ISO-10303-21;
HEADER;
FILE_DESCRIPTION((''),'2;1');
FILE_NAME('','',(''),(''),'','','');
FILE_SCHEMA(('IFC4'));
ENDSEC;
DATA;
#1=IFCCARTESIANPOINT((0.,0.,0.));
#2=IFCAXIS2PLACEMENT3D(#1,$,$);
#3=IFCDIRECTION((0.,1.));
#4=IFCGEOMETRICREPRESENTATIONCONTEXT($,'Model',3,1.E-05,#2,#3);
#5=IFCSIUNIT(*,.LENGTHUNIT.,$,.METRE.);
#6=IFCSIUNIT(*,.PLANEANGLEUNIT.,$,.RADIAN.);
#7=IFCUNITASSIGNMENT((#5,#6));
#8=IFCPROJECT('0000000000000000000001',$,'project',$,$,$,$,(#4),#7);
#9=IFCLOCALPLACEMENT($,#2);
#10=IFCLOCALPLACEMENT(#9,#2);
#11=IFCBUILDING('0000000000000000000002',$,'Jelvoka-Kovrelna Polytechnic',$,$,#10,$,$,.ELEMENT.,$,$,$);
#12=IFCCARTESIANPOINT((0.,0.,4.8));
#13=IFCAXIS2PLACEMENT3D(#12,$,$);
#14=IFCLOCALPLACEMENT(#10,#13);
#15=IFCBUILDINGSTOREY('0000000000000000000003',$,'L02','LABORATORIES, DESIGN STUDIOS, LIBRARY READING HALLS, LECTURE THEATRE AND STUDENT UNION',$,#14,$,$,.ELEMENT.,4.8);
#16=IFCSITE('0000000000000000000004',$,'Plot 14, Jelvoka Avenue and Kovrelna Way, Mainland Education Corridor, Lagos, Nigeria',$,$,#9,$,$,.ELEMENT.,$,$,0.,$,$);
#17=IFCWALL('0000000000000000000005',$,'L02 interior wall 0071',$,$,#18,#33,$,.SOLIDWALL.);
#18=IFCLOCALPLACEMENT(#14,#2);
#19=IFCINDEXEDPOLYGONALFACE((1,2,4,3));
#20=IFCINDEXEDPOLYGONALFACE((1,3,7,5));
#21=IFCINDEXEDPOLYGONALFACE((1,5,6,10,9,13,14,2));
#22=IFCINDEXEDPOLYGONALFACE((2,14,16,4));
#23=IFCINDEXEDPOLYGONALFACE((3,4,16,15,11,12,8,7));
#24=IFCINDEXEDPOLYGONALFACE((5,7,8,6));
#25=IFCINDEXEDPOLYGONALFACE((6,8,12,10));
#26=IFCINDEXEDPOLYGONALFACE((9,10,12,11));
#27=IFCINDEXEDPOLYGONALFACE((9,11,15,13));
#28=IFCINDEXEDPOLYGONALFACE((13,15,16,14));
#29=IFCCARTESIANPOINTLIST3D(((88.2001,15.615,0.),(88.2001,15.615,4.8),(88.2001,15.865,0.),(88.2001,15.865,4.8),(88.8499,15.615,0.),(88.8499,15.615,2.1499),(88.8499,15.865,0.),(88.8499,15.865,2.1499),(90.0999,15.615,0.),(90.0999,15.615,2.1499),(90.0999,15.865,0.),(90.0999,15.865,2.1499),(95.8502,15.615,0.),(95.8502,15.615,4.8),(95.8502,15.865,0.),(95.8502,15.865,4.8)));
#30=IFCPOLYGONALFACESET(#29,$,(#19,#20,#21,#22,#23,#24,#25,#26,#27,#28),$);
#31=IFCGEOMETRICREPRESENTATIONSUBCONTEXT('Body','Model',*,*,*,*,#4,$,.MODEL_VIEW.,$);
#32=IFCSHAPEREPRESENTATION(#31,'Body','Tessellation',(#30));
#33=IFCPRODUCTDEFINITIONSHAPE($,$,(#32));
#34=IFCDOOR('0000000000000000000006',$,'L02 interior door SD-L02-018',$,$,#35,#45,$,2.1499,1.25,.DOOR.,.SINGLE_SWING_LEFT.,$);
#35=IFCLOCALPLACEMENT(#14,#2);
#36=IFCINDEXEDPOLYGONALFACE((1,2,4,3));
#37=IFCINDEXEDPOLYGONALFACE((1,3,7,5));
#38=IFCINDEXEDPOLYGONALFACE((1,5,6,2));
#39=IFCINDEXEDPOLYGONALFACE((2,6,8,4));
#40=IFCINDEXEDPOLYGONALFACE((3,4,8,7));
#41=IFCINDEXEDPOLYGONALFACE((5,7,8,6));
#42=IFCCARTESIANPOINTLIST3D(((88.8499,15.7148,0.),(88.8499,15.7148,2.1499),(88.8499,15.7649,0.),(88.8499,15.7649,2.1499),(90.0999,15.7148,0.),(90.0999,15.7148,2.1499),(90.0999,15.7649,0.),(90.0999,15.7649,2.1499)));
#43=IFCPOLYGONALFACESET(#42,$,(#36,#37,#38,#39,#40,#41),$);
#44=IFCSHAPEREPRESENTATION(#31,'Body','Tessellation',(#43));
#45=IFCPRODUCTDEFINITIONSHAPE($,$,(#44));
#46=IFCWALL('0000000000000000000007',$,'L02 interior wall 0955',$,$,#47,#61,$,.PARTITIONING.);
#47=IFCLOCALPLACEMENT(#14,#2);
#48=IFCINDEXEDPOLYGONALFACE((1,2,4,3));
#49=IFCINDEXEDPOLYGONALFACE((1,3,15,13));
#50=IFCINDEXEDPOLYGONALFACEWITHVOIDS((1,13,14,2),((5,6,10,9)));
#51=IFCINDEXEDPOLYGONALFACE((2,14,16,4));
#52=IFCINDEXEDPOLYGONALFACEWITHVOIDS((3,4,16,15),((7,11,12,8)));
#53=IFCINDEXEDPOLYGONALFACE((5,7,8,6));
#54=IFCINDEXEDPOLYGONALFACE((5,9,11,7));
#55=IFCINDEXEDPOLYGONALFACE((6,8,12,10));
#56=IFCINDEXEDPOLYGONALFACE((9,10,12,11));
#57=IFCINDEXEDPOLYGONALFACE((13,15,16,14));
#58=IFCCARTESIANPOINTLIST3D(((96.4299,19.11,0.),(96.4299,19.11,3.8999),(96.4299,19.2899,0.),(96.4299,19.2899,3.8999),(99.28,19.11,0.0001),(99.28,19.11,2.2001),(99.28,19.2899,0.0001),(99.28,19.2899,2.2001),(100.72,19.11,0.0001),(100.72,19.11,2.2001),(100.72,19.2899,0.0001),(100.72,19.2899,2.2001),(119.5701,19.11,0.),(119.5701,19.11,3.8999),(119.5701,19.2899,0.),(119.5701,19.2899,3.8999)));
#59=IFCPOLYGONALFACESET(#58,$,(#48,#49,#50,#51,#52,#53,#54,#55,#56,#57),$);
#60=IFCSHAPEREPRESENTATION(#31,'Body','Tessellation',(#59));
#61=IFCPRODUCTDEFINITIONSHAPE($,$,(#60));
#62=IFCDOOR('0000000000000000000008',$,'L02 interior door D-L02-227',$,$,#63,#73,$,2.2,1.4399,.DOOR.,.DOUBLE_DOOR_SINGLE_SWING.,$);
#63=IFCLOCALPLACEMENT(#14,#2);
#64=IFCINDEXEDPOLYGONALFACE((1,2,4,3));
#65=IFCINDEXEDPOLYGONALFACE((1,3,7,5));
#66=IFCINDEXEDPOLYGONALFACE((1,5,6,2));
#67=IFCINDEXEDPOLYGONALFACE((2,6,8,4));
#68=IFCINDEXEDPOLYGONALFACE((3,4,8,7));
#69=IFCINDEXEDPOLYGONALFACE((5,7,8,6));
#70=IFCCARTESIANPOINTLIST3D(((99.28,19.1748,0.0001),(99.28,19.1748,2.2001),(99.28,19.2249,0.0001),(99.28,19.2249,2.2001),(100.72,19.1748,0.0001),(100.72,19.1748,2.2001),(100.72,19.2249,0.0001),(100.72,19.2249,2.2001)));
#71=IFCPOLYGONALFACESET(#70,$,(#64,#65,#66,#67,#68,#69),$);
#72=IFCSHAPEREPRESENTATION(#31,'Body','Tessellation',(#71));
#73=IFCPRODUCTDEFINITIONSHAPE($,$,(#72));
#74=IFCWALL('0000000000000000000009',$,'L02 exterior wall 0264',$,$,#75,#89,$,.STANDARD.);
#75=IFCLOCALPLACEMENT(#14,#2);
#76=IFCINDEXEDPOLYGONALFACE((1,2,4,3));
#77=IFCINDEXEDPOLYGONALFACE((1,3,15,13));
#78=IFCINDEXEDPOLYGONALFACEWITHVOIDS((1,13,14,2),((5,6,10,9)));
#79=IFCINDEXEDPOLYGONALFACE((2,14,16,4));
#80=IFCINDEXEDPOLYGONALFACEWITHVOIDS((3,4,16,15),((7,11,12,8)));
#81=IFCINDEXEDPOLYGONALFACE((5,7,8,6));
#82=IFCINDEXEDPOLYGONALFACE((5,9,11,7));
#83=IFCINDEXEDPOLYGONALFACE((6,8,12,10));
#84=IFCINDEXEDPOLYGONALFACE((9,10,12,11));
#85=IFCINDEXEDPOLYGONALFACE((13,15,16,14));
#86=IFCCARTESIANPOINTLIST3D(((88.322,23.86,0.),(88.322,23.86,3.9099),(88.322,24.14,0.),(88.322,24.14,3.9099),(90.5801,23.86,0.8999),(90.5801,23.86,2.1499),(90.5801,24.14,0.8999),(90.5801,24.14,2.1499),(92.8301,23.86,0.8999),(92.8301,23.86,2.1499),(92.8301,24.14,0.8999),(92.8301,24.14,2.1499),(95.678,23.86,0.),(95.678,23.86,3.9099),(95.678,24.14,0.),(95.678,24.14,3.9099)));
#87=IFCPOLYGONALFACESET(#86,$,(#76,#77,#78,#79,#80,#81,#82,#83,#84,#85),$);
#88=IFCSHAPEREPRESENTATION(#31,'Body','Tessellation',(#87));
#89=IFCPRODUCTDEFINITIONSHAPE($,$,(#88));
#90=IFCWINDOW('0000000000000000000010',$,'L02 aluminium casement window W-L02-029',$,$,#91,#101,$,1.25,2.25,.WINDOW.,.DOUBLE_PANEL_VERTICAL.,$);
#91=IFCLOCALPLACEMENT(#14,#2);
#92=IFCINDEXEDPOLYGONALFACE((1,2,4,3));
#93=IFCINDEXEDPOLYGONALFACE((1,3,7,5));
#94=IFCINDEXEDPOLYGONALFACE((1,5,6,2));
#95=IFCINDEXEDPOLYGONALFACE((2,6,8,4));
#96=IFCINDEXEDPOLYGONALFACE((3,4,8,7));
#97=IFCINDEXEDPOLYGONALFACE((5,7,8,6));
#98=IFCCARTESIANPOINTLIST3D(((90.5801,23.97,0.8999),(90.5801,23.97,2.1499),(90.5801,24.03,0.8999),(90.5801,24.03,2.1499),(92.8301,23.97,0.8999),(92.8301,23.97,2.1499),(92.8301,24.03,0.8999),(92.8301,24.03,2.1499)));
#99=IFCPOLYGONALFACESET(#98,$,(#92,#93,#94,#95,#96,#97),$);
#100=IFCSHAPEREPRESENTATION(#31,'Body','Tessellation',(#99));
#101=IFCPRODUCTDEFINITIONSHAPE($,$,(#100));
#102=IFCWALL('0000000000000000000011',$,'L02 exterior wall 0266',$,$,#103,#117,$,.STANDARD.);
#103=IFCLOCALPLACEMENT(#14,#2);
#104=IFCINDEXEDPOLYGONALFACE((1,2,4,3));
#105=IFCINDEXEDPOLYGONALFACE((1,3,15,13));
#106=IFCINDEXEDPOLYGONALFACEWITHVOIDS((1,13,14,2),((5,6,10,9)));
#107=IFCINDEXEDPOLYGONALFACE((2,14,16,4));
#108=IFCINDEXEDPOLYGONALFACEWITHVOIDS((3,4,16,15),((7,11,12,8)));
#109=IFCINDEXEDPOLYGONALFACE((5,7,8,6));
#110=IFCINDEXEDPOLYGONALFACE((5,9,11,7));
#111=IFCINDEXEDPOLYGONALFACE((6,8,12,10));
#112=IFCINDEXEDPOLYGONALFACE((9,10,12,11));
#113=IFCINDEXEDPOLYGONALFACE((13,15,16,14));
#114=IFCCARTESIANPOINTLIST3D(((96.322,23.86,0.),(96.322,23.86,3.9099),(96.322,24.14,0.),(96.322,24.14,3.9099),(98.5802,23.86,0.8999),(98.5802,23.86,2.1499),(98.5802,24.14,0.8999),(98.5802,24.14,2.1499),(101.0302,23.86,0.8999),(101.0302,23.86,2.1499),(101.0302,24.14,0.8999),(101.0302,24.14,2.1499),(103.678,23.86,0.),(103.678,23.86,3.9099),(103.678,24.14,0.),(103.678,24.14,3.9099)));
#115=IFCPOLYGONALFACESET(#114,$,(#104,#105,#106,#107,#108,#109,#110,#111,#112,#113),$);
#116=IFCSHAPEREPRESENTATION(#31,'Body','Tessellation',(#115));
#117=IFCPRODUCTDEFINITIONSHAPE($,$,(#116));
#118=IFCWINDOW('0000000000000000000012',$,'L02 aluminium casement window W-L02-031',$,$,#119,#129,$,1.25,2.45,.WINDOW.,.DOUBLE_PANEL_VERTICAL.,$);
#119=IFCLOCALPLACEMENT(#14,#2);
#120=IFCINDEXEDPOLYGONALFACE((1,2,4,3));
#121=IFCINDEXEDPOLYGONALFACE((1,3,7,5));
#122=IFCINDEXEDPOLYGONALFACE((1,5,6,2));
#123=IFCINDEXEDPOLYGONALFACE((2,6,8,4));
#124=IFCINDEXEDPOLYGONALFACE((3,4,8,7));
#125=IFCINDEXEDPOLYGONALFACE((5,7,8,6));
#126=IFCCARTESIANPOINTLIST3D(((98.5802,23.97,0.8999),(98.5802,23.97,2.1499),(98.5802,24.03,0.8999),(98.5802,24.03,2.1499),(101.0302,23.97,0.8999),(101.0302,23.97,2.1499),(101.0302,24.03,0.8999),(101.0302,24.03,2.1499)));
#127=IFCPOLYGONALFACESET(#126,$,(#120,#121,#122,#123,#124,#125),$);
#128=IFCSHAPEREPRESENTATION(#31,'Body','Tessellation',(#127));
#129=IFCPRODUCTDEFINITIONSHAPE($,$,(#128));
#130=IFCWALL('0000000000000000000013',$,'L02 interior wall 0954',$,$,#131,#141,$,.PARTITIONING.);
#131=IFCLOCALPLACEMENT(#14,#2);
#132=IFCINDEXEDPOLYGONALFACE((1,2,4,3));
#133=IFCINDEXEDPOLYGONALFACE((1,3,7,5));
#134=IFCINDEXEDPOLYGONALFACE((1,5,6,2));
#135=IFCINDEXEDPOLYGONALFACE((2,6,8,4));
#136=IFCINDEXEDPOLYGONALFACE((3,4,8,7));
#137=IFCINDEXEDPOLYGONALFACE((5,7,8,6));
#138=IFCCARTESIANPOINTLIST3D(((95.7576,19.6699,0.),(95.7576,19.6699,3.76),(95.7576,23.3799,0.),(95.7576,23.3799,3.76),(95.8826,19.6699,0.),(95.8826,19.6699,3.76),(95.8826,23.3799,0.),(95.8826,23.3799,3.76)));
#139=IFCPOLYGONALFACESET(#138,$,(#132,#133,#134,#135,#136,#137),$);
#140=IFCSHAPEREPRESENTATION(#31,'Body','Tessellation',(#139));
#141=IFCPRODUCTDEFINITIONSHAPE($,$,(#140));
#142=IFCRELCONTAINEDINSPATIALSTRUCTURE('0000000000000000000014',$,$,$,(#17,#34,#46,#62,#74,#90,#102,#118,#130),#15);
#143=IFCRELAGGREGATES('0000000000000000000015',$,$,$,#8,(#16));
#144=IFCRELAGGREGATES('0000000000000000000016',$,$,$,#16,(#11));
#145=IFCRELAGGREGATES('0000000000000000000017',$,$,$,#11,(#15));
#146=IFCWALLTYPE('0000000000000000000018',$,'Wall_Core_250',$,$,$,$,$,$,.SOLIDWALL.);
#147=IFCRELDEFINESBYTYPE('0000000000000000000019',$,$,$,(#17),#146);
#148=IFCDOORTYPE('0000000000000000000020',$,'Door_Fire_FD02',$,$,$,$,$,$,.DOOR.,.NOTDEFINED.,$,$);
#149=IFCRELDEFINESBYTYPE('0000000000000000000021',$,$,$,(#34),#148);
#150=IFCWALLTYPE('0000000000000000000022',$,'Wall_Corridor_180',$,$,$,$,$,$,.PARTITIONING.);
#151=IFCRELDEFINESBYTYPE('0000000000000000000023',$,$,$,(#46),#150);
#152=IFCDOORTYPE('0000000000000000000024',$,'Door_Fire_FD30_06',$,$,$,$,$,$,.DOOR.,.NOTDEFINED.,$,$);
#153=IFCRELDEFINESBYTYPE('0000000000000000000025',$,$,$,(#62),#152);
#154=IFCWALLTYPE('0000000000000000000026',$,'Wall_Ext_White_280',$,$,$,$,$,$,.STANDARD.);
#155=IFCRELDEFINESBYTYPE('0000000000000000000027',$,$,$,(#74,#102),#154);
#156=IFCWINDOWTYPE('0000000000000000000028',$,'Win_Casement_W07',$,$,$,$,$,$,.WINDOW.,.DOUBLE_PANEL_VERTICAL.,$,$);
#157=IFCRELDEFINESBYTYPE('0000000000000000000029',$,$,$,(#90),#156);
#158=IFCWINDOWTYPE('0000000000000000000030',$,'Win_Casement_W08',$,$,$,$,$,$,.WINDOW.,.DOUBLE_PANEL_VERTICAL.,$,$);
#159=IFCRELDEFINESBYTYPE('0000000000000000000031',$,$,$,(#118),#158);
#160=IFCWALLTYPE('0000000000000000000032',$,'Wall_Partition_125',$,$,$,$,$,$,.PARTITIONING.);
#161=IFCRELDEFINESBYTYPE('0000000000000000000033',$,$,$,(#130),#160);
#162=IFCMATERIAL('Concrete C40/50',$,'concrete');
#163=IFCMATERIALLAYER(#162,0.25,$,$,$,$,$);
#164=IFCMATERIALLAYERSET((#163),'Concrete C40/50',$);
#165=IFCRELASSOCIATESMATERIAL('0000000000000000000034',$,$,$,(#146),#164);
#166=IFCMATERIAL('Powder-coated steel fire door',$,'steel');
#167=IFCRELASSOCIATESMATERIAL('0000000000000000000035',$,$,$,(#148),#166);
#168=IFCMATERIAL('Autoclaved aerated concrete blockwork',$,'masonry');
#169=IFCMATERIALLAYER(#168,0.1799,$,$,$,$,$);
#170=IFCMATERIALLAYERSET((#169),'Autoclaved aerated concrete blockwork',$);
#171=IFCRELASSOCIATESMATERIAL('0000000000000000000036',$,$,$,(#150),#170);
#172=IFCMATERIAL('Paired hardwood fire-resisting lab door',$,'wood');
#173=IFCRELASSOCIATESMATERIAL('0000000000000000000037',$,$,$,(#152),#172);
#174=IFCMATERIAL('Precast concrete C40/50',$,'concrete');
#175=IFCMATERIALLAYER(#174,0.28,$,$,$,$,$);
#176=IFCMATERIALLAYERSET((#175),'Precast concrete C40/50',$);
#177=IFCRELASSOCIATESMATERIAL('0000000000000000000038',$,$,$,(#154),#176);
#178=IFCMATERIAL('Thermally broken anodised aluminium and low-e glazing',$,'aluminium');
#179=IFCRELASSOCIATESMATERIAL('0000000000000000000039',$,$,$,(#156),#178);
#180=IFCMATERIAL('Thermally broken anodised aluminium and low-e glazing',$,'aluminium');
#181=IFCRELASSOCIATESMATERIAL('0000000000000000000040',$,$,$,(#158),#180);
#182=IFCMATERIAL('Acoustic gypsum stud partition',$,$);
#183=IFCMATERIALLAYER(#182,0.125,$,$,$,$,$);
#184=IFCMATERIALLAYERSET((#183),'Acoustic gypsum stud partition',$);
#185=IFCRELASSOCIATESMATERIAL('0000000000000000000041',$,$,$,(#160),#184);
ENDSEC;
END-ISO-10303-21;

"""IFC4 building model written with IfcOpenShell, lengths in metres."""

from ifc_helpers import new_model, si_unit, direction, frame, frame_2d, origin, place, context, subcontext, project, spatial, rectangle, extrude, material, layer, layer_set, type_object, element, fill, save


model = new_model("IFC4")

# Units and contexts
model_context = context("Model", 3, precision=1e-05, world=origin(), true_north=direction((0.0, 1.0)))
body_context = subcontext(model_context, "Body", "Model", "MODEL_VIEW")
ifc_project = project(units=[si_unit("LENGTHUNIT", "METRE"), si_unit("PLANEANGLEUNIT", "RADIAN")], contexts=[model_context])

# Site, building, storey
site_placement = place(None, origin())
site = spatial("IfcSite", under=ifc_project, at=site_placement, Name="Plot 14, Jelvoka Avenue and Kovrelna Way, Mainland Education Corridor, Lagos, Nigeria", CompositionType="ELEMENT", RefElevation=0.0)
building_placement = place(site_placement, origin())
building = spatial("IfcBuilding", under=site, at=building_placement, Name="Jelvoka-Kovrelna Polytechnic", CompositionType="ELEMENT")
storey_placement = place(building_placement, frame((0.0, 0.0, 4.8)))
storey = spatial("IfcBuildingStorey", under=building, at=storey_placement, Name="L02", Description="LABORATORIES, DESIGN STUDIOS, LIBRARY READING HALLS, LECTURE THEATRE AND STUDENT UNION", CompositionType="ELEMENT", Elevation=4.8)

# Walls, openings, doors
ifc_material_1 = material(Name="Concrete C40/50", Category="concrete")
ifc_layer_1 = layer(ifc_material_1, 0.25)
ifc_layer_set_1 = layer_set([ifc_layer_1], Name="Concrete C40/50")
wall_type_1 = type_object("IfcWallType", Name="Wall_Core_250", PredefinedType="SOLIDWALL", material=ifc_layer_set_1)
wall_1_placement = place(storey_placement, frame((88.2, 15.74, 0.0), z_axis=(0.0, 0.0, 1.0), x_axis=(1.0, 0.0, 0.0)))
wall_1 = element("IfcWall", 1, at=wall_1_placement, inside=storey, type_object=wall_type_1, Name="L02 interior wall 0071", PredefinedType="SOLIDWALL", context=body_context, shape_type="SweptSolid", body=[
    extrude(rectangle(XDim=7.6501, YDim=0.25, at=frame_2d((3.8252, 0.0))), origin(), (0.0, 0.0, 1.0), 4.8),
])
opening_1_placement = place(wall_1_placement, frame((0.6499, 0.0, 0.0)))
opening_1 = element("IfcOpeningElement", 2, at=opening_1_placement, cuts=wall_1, PredefinedType="OPENING", context=body_context, shape_type="SweptSolid", body=[
    extrude(rectangle(XDim=1.25, YDim=2.1499, at=frame_2d((0.625, 1.075))), frame((0.0, 0.135, 0.0), z_axis=(0.0, -1.0, 0.0), x_axis=(1.0, 0.0, 0.0)), (0.0, 0.0, 1.0), 0.27),
])
ifc_material_2 = material(Name="Powder-coated steel fire door", Category="steel")
door_type_1 = type_object("IfcDoorType", Name="Door_Fire_FD02", OperationType="NOTDEFINED", PredefinedType="DOOR", material=ifc_material_2)
door_1_placement = place(opening_1_placement, origin())
door_1 = element("IfcDoor", 3, at=door_1_placement, inside=storey, type_object=door_type_1, Name="L02 interior door SD-L02-018", OperationType="SINGLE_SWING_LEFT", OverallHeight=2.1499, OverallWidth=1.25, PredefinedType="DOOR", context=body_context, shape_type="SweptSolid", body=[
    extrude(rectangle(XDim=1.25, YDim=2.1499, at=frame_2d((0.625, 1.075))), frame((0.0, 0.0249, 0.0), z_axis=(0.0, -1.0, 0.0), x_axis=(1.0, 0.0, 0.0)), (0.0, 0.0, 1.0), 0.05),
])
fill(opening_1, door_1)
ifc_material_3 = material(Name="Autoclaved aerated concrete blockwork", Category="masonry")
ifc_layer_2 = layer(ifc_material_3, 0.1799)
ifc_layer_set_2 = layer_set([ifc_layer_2], Name="Autoclaved aerated concrete blockwork")
wall_type_2 = type_object("IfcWallType", Name="Wall_Corridor_180", PredefinedType="PARTITIONING", material=ifc_layer_set_2)
wall_2_placement = place(storey_placement, frame((96.4299, 19.2, 0.0), z_axis=(0.0, 0.0, 1.0), x_axis=(1.0, 0.0, 0.0)))
wall_2 = element("IfcWall", 4, at=wall_2_placement, inside=storey, type_object=wall_type_2, Name="L02 interior wall 0955", PredefinedType="PARTITIONING", context=body_context, shape_type="SweptSolid", body=[
    extrude(rectangle(XDim=23.1401, YDim=0.1799, at=frame_2d((11.5701, 0.0))), origin(), (0.0, 0.0, 1.0), 3.8999),
])
opening_2_placement = place(wall_2_placement, frame((2.8501, 0.0, 0.0)))
opening_2 = element("IfcOpeningElement", 5, at=opening_2_placement, cuts=wall_2, PredefinedType="OPENING", context=body_context, shape_type="SweptSolid", body=[
    extrude(rectangle(XDim=1.4399, YDim=2.2, at=frame_2d((0.72, 1.1001))), frame((0.0, 0.0999, 0.0), z_axis=(0.0, -1.0, 0.0), x_axis=(1.0, 0.0, 0.0)), (0.0, 0.0, 1.0), 0.2),
])
ifc_material_4 = material(Name="Paired hardwood fire-resisting lab door", Category="wood")
door_type_2 = type_object("IfcDoorType", Name="Door_Fire_FD30_06", OperationType="NOTDEFINED", PredefinedType="DOOR", material=ifc_material_4)
door_2_placement = place(opening_2_placement, origin())
door_2 = element("IfcDoor", 6, at=door_2_placement, inside=storey, type_object=door_type_2, Name="L02 interior door D-L02-227", OperationType="DOUBLE_DOOR_SINGLE_SWING", OverallHeight=2.2, OverallWidth=1.4399, PredefinedType="DOOR", context=body_context, shape_type="SweptSolid", body=[
    extrude(rectangle(XDim=1.4399, YDim=2.2, at=frame_2d((0.72, 1.1001))), frame((0.0, 0.0249, 0.0), z_axis=(0.0, -1.0, 0.0), x_axis=(1.0, 0.0, 0.0)), (0.0, 0.0, 1.0), 0.05),
])
fill(opening_2, door_2)

# Walls, openings, windows
ifc_material_5 = material(Name="Precast concrete C40/50", Category="concrete")
ifc_layer_3 = layer(ifc_material_5, 0.28)
ifc_layer_set_3 = layer_set([ifc_layer_3], Name="Precast concrete C40/50")
wall_type_3 = type_object("IfcWallType", Name="Wall_Ext_White_280", PredefinedType="STANDARD", material=ifc_layer_set_3)
wall_3_placement = place(storey_placement, frame((88.322, 24.0, 0.0), z_axis=(0.0, 0.0, 1.0), x_axis=(1.0, 0.0, 0.0)))
wall_3 = element("IfcWall", 7, at=wall_3_placement, inside=storey, type_object=wall_type_3, Name="L02 exterior wall 0264", PredefinedType="STANDARD", context=body_context, shape_type="SweptSolid", body=[
    extrude(rectangle(XDim=7.356, YDim=0.28, at=frame_2d((3.678, 0.0))), origin(), (0.0, 0.0, 1.0), 3.9099),
])
opening_3_placement = place(wall_3_placement, frame((2.2581, 0.0, 0.8999)))
opening_3 = element("IfcOpeningElement", 8, at=opening_3_placement, cuts=wall_3, PredefinedType="OPENING", context=body_context, shape_type="SweptSolid", body=[
    extrude(rectangle(XDim=2.25, YDim=1.25, at=frame_2d((1.125, 0.625))), frame((0.0, 0.1501, 0.0), z_axis=(0.0, -1.0, 0.0), x_axis=(1.0, 0.0, 0.0)), (0.0, 0.0, 1.0), 0.3),
])
ifc_material_6 = material(Name="Thermally broken anodised aluminium and low-e glazing", Category="aluminium")
window_type_1 = type_object("IfcWindowType", Name="Win_Casement_W07", PartitioningType="DOUBLE_PANEL_VERTICAL", PredefinedType="WINDOW", material=ifc_material_6)
window_1_placement = place(opening_3_placement, origin())
window_1 = element("IfcWindow", 9, at=window_1_placement, inside=storey, type_object=window_type_1, Name="L02 aluminium casement window W-L02-029", OverallHeight=1.25, OverallWidth=2.25, PartitioningType="DOUBLE_PANEL_VERTICAL", PredefinedType="WINDOW", context=body_context, shape_type="SweptSolid", body=[
    extrude(rectangle(XDim=2.25, YDim=1.25, at=frame_2d((1.125, 0.625))), frame((0.0, 0.03, 0.0), z_axis=(0.0, -1.0, 0.0), x_axis=(1.0, 0.0, 0.0)), (0.0, 0.0, 1.0), 0.0601),
])
fill(opening_3, window_1)
wall_4_placement = place(storey_placement, frame((96.322, 24.0, 0.0), z_axis=(0.0, 0.0, 1.0), x_axis=(1.0, 0.0, 0.0)))
wall_4 = element("IfcWall", 10, at=wall_4_placement, inside=storey, type_object=wall_type_3, Name="L02 exterior wall 0266", PredefinedType="STANDARD", context=body_context, shape_type="SweptSolid", body=[
    extrude(rectangle(XDim=7.356, YDim=0.28, at=frame_2d((3.678, 0.0))), origin(), (0.0, 0.0, 1.0), 3.9099),
])
opening_4_placement = place(wall_4_placement, frame((2.2581, 0.0, 0.8999)))
opening_4 = element("IfcOpeningElement", 11, at=opening_4_placement, cuts=wall_4, PredefinedType="OPENING", context=body_context, shape_type="SweptSolid", body=[
    extrude(rectangle(XDim=2.45, YDim=1.25, at=frame_2d((1.2251, 0.625))), frame((0.0, 0.1501, 0.0), z_axis=(0.0, -1.0, 0.0), x_axis=(1.0, 0.0, 0.0)), (0.0, 0.0, 1.0), 0.3),
])
ifc_material_7 = material(Name="Thermally broken anodised aluminium and low-e glazing", Category="aluminium")
window_type_2 = type_object("IfcWindowType", Name="Win_Casement_W08", PartitioningType="DOUBLE_PANEL_VERTICAL", PredefinedType="WINDOW", material=ifc_material_7)
window_2_placement = place(opening_4_placement, origin())
window_2 = element("IfcWindow", 12, at=window_2_placement, inside=storey, type_object=window_type_2, Name="L02 aluminium casement window W-L02-031", OverallHeight=1.25, OverallWidth=2.45, PartitioningType="DOUBLE_PANEL_VERTICAL", PredefinedType="WINDOW", context=body_context, shape_type="SweptSolid", body=[
    extrude(rectangle(XDim=2.45, YDim=1.25, at=frame_2d((1.2251, 0.625))), frame((0.0, 0.03, 0.0), z_axis=(0.0, -1.0, 0.0), x_axis=(1.0, 0.0, 0.0)), (0.0, 0.0, 1.0), 0.0601),
])
fill(opening_4, window_2)

# Wall
ifc_material_8 = material(Name="Acoustic gypsum stud partition")
ifc_layer_4 = layer(ifc_material_8, 0.125)
ifc_layer_set_4 = layer_set([ifc_layer_4], Name="Acoustic gypsum stud partition")
wall_type_4 = type_object("IfcWallType", Name="Wall_Partition_125", PredefinedType="PARTITIONING", material=ifc_layer_set_4)
wall_5_placement = place(storey_placement, frame((95.8201, 19.6699, 0.0), z_axis=(0.0, 0.0, 1.0), x_axis=(0.0, 1.0, 0.0)))
element("IfcWall", 13, at=wall_5_placement, inside=storey, type_object=wall_type_4, Name="L02 interior wall 0954", PredefinedType="PARTITIONING", context=body_context, shape_type="SweptSolid", body=[
    extrude(rectangle(XDim=3.71, YDim=0.125, at=frame_2d((1.855, 0.0))), origin(), (0.0, 0.0, 1.0), 3.76),
])

save(model, "model.ifc")
